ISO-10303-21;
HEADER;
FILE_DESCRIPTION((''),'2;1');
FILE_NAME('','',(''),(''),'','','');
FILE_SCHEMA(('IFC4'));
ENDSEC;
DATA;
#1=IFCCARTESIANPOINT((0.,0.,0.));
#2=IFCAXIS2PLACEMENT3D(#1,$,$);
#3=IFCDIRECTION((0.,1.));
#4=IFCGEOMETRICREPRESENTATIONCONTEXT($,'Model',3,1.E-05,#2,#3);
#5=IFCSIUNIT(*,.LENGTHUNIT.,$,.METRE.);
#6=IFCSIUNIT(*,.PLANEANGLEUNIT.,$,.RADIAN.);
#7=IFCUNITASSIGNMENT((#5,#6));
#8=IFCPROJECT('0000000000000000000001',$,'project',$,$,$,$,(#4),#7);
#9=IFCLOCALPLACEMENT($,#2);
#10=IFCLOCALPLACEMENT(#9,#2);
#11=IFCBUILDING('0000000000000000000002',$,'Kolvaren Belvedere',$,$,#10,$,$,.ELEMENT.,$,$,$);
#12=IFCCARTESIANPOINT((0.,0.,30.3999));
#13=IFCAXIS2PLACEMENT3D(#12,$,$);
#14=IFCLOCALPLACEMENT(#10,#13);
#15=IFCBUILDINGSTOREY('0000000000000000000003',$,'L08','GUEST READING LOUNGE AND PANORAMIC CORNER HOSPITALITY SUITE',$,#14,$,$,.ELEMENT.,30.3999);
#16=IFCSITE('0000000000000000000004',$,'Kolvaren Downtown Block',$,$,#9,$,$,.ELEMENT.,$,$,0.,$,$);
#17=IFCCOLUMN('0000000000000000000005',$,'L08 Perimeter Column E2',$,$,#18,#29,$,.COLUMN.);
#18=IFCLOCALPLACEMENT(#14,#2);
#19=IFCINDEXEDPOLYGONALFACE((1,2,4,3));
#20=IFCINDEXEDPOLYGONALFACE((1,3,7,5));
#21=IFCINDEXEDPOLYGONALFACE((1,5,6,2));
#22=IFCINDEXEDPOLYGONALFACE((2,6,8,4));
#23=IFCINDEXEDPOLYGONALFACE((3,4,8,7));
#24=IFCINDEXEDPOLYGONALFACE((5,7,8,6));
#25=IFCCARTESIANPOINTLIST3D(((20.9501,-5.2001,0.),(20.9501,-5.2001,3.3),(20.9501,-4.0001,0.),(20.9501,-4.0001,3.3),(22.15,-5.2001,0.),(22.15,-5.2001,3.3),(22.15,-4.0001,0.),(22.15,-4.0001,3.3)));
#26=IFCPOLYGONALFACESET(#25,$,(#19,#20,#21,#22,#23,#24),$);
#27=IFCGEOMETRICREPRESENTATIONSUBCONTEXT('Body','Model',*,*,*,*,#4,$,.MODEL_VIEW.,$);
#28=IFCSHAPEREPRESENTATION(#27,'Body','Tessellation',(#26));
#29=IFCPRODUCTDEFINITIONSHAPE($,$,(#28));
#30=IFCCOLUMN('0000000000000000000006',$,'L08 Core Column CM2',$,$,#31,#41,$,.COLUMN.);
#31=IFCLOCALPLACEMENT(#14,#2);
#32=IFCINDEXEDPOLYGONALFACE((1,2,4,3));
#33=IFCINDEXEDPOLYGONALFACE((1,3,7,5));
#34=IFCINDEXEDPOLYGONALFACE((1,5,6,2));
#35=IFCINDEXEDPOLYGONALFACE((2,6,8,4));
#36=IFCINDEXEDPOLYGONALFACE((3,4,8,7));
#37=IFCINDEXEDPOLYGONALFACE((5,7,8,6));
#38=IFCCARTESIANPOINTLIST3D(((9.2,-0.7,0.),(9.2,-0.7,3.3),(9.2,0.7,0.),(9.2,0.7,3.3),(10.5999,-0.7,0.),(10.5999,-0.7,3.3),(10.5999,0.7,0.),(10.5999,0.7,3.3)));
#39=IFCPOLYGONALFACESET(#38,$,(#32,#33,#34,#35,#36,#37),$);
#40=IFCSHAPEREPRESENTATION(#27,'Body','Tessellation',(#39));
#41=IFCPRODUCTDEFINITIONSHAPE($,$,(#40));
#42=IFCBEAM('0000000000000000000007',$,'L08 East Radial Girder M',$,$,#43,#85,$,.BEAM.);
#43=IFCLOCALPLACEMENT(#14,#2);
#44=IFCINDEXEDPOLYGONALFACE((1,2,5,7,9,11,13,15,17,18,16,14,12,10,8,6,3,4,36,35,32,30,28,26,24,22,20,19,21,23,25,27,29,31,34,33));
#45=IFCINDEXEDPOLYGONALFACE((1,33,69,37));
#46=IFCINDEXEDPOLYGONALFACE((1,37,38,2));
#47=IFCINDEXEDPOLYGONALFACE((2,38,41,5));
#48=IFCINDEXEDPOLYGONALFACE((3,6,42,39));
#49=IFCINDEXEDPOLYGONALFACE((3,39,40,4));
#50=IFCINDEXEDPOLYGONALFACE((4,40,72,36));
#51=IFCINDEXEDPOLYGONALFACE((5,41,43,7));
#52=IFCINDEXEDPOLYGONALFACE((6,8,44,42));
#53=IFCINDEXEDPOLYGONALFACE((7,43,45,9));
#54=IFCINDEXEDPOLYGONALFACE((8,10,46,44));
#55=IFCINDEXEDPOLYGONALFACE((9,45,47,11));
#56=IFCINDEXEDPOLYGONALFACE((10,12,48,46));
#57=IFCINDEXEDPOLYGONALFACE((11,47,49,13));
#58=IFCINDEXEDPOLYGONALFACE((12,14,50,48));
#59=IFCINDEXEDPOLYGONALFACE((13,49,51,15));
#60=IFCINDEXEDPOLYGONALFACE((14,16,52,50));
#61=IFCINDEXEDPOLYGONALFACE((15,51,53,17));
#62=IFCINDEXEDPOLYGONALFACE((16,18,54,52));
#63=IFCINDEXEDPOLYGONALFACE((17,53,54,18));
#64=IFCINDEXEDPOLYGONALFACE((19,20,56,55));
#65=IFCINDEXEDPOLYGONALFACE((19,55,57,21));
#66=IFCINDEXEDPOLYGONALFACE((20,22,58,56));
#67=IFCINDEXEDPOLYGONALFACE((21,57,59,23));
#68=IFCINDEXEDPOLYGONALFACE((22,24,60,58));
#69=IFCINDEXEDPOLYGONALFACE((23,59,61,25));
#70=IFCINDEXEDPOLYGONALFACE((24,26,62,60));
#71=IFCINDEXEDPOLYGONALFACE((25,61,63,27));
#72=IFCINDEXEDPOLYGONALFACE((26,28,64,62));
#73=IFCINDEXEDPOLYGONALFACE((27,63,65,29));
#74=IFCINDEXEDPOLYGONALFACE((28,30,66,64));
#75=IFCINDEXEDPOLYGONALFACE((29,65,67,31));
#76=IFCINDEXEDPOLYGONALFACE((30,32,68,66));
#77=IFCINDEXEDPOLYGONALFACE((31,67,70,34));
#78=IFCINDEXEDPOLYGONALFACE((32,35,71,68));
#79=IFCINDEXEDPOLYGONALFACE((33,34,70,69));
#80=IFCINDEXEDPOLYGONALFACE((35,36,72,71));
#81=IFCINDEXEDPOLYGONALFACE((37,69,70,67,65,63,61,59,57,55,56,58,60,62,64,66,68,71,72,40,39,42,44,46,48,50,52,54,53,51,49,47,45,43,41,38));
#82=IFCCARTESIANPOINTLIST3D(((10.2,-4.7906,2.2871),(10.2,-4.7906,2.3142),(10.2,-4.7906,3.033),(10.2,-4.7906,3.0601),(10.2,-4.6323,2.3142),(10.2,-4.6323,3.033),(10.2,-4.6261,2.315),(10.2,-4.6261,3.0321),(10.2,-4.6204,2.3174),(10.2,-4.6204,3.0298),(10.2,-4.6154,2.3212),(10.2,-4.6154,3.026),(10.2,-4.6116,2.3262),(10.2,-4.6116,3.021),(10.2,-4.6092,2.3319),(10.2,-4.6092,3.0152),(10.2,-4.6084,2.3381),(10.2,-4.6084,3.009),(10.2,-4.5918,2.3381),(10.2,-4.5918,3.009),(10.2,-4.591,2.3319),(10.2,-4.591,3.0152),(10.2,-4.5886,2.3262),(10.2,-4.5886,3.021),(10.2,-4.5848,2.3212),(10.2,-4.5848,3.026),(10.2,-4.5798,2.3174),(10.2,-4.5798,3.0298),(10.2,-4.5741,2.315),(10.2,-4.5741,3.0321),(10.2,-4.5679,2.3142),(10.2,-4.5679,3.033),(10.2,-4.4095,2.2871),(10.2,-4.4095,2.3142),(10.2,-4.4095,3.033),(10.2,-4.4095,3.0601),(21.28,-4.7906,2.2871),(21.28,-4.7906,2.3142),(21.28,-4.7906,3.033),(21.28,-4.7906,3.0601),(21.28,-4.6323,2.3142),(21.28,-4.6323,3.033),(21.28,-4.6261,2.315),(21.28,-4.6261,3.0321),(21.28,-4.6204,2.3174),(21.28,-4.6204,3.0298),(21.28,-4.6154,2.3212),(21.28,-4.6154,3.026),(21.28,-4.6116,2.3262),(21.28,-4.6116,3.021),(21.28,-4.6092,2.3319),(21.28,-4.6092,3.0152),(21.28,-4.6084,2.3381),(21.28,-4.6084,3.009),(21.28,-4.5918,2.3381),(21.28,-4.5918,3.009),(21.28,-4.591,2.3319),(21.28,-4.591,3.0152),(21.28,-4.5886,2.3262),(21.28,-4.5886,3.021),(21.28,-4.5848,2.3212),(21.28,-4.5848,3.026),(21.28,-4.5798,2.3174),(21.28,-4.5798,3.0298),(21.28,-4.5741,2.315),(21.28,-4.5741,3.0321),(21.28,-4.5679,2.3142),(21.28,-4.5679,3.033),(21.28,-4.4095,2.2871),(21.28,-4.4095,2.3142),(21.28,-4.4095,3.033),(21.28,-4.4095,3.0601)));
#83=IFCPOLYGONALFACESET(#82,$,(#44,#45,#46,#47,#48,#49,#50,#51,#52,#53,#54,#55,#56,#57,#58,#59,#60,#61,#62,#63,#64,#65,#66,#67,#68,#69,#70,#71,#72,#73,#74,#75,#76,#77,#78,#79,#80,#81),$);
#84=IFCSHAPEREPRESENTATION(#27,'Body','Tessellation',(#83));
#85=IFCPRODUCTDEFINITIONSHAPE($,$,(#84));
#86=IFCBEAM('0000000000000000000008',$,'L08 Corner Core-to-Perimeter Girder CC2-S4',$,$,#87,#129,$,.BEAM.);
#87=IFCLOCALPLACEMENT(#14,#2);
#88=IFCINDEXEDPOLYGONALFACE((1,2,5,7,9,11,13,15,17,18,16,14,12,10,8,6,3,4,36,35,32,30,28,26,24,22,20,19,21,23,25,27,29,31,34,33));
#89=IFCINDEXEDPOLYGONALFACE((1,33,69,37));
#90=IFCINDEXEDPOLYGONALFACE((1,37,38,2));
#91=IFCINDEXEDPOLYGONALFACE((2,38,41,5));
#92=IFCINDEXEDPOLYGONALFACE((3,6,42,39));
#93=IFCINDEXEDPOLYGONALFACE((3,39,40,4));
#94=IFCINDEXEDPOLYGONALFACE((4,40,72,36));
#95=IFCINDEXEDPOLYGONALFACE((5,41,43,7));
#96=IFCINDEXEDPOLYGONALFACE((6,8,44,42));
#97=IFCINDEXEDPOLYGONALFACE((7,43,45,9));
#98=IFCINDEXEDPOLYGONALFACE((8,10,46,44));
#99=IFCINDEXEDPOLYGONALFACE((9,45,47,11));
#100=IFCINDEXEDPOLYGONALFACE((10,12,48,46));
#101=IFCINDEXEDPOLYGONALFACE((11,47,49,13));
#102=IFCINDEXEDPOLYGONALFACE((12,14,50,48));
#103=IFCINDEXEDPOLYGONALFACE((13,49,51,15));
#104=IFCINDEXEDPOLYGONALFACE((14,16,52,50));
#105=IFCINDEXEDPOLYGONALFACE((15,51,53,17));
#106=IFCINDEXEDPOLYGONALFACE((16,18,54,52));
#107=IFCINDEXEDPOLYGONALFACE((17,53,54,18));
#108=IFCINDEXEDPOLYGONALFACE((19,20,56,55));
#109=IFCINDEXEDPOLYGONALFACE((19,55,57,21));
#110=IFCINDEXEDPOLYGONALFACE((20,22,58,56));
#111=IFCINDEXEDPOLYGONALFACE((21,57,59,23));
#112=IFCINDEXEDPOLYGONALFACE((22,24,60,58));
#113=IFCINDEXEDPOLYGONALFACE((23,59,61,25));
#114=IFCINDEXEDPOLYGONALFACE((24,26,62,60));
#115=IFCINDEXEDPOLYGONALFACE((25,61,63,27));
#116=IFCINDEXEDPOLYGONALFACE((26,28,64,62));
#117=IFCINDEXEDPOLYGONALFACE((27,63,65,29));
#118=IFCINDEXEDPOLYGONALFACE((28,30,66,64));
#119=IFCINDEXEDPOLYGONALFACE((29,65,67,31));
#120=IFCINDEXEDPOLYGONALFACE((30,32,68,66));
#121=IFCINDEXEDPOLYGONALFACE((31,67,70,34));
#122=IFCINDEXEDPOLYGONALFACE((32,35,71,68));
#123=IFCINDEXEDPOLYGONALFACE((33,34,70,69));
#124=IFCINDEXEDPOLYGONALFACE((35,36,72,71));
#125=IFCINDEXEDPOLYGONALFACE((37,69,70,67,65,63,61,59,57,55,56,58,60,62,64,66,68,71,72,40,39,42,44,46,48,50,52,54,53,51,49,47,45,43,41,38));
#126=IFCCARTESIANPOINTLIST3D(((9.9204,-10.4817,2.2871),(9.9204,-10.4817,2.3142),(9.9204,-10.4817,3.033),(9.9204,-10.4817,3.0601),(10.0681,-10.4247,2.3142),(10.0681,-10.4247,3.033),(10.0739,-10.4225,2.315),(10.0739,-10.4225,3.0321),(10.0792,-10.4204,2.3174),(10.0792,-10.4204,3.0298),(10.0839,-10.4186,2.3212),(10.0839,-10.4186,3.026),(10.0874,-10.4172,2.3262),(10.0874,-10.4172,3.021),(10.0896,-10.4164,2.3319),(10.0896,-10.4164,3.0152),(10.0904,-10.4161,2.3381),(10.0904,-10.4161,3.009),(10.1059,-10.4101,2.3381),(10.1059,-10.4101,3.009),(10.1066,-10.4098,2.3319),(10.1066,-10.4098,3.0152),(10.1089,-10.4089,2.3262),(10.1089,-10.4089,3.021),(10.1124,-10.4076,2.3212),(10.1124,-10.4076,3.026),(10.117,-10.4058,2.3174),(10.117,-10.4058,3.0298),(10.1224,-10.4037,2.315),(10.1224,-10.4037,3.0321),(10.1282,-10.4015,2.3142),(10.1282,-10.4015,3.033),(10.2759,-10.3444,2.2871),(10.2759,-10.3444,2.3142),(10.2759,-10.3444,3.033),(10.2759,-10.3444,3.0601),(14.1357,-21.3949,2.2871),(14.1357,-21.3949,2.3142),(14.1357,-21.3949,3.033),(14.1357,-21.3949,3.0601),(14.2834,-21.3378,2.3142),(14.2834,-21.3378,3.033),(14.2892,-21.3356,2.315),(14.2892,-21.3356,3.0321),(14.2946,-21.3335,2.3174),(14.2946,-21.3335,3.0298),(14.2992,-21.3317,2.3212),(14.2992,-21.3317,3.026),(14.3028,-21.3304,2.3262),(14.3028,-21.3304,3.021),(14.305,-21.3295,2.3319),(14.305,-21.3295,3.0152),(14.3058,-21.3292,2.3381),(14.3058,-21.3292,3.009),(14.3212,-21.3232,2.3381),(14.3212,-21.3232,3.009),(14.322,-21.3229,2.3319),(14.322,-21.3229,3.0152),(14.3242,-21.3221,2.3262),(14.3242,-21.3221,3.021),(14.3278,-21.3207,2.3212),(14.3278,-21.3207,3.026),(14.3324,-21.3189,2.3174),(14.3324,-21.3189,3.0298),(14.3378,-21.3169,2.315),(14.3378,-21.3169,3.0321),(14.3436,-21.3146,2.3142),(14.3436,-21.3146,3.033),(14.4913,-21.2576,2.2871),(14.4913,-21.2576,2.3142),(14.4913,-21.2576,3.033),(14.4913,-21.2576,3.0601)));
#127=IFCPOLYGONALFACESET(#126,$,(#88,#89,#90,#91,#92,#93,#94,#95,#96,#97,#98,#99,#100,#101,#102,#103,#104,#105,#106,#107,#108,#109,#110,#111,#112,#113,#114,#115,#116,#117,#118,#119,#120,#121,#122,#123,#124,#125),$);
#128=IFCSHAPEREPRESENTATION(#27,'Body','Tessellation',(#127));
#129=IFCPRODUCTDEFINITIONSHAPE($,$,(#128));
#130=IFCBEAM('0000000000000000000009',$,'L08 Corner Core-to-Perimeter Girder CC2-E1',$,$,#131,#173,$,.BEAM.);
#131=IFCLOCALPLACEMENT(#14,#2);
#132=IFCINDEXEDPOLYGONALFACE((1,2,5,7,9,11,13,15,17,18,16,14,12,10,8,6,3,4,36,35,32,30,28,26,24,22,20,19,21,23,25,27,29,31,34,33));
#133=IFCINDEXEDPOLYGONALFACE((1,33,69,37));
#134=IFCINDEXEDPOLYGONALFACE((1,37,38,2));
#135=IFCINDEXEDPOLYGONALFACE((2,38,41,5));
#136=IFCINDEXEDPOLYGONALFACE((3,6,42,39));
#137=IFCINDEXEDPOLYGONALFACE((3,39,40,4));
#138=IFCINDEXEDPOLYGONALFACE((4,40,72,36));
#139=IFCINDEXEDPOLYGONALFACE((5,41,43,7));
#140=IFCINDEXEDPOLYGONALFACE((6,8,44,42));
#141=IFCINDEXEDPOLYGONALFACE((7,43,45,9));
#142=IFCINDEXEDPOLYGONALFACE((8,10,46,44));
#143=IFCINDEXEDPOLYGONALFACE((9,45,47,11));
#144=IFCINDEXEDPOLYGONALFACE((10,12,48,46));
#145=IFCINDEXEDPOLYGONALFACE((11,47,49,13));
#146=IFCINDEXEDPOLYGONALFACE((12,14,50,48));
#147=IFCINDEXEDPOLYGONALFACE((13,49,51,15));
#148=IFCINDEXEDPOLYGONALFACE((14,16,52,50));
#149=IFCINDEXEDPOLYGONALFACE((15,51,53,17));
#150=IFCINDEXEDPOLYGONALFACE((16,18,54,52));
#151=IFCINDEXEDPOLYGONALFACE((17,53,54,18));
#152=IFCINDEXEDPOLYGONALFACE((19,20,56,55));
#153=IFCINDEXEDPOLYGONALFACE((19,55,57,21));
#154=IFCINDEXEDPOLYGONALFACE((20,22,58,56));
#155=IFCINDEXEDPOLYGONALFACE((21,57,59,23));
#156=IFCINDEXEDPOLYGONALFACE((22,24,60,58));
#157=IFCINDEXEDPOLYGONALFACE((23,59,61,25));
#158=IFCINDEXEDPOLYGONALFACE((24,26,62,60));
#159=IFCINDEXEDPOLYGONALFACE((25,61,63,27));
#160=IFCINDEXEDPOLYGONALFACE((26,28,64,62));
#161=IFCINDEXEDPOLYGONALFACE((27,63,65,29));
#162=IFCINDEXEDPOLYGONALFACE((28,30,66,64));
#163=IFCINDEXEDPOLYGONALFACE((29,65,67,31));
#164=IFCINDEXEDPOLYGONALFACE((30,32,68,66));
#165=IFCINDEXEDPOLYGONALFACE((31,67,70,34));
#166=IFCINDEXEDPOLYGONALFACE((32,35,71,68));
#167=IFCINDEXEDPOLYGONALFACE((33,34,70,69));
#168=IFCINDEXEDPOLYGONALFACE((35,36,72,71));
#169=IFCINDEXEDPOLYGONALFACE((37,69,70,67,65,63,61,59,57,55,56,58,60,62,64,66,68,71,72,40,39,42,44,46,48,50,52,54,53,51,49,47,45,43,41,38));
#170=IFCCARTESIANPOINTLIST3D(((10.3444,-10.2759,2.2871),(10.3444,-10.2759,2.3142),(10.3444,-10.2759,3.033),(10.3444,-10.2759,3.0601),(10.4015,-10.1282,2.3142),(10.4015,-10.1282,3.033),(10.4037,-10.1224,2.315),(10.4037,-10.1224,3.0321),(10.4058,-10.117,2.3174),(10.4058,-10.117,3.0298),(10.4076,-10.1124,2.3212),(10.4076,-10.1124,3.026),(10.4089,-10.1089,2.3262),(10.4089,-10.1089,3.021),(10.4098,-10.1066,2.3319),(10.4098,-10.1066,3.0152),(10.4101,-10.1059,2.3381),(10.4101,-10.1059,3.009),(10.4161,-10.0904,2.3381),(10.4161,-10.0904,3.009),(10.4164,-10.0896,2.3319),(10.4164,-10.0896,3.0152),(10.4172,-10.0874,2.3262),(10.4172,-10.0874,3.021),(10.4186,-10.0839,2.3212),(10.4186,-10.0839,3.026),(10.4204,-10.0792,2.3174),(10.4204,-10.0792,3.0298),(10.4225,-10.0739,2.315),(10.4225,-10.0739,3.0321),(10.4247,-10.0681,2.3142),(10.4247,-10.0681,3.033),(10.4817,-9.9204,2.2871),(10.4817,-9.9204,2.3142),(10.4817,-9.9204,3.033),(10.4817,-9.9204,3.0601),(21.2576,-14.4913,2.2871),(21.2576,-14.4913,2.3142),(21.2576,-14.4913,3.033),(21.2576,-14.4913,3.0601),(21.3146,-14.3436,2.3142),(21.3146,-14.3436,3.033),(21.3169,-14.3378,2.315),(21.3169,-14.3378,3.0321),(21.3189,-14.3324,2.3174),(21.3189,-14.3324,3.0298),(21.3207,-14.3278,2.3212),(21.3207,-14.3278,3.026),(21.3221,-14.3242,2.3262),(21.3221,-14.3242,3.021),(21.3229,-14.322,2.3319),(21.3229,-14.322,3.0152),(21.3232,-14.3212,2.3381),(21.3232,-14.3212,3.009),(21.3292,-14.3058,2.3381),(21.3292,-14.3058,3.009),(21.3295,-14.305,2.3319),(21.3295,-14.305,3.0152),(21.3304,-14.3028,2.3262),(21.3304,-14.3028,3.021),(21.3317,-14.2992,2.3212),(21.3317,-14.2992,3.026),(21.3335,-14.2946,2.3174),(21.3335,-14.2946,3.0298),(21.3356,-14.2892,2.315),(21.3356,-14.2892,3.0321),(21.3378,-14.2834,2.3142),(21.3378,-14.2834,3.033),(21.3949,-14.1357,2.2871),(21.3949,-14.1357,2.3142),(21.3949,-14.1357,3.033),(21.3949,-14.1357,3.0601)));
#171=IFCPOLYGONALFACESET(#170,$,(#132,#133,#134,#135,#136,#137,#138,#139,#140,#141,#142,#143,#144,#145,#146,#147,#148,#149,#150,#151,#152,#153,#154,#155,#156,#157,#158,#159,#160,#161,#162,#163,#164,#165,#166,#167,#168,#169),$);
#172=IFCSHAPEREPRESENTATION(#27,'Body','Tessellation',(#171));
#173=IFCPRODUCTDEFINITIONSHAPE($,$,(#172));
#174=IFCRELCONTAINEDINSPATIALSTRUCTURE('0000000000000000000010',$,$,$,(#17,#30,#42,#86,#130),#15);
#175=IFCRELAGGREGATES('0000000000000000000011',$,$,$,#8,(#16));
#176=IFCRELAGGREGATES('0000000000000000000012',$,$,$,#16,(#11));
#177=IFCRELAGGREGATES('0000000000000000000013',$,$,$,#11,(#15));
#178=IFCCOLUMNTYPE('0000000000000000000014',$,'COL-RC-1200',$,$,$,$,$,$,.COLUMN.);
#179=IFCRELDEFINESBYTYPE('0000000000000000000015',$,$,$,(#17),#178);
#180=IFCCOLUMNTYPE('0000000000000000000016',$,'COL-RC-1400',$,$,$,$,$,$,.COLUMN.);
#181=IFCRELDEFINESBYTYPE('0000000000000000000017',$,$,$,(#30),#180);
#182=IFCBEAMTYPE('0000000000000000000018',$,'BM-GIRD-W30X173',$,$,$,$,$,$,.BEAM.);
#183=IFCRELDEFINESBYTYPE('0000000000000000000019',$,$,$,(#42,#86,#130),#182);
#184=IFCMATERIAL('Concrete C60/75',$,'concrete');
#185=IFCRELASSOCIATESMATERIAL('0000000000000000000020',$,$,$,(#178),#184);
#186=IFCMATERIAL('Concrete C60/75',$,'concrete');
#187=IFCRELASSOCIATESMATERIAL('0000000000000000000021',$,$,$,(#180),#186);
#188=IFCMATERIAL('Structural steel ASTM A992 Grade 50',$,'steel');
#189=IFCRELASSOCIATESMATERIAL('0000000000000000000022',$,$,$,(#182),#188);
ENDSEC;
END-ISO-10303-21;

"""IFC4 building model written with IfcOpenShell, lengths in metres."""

from ifc_helpers import new_model, si_unit, direction, frame, origin, origin_2d, place, context, subcontext, project, spatial, rectangle, i_section, extrude, material, material_profile, profile_set, type_object, element, save


model = new_model("IFC4")

# Units and contexts
model_context = context("Model", 3, precision=1e-05, world=origin(), true_north=direction((0.0, 1.0)))
body_context = subcontext(model_context, "Body", "Model", "MODEL_VIEW")
ifc_project = project(units=[si_unit("LENGTHUNIT", "METRE"), si_unit("PLANEANGLEUNIT", "RADIAN")], contexts=[model_context])

# Site, building, storey
site_placement = place(None, origin())
site = spatial("IfcSite", under=ifc_project, at=site_placement, Name="Kolvaren Downtown Block", CompositionType="ELEMENT", RefElevation=0.0)
building_placement = place(site_placement, origin())
building = spatial("IfcBuilding", under=site, at=building_placement, Name="Kolvaren Belvedere", CompositionType="ELEMENT")
storey_placement = place(building_placement, frame((0.0, 0.0, 30.3999)))
storey = spatial("IfcBuildingStorey", under=building, at=storey_placement, Name="L08", Description="GUEST READING LOUNGE AND PANORAMIC CORNER HOSPITALITY SUITE", CompositionType="ELEMENT", Elevation=30.3999)

# Columns
ifc_material_1 = material(Name="Concrete C60/75", Category="concrete")
ifc_material_profile_1 = material_profile(ifc_material_1, rectangle(XDim=1.2, YDim=1.2, at=origin_2d()), Name="RC 1200X1200")
ifc_profile_set_1 = profile_set([ifc_material_profile_1], Name="Concrete C60/75")
column_type_1 = type_object("IfcColumnType", Name="COL-RC-1200", PredefinedType="COLUMN", material=ifc_profile_set_1)
column_1_placement = place(storey_placement, frame((21.55, -4.6001, 0.0), z_axis=(0.0, 0.0, 1.0), x_axis=(1.0, 0.0, 0.0)))
element("IfcColumn", 1, at=column_1_placement, inside=storey, type_object=column_type_1, Name="L08 Perimeter Column E2", PredefinedType="COLUMN", context=body_context, shape_type="SweptSolid", body=[
    extrude(rectangle(XDim=1.2, YDim=1.2, at=origin_2d()), origin(), (0.0, 0.0, 1.0), 3.3),
])
ifc_material_2 = material(Name="Concrete C60/75", Category="concrete")
ifc_material_profile_2 = material_profile(ifc_material_2, rectangle(XDim=1.3999, YDim=1.3999, at=origin_2d()), Name="RC 1400X1400")
ifc_profile_set_2 = profile_set([ifc_material_profile_2], Name="Concrete C60/75")
column_type_2 = type_object("IfcColumnType", Name="COL-RC-1400", PredefinedType="COLUMN", material=ifc_profile_set_2)
column_2_placement = place(storey_placement, frame((9.8999, 0.0, 0.0), z_axis=(0.0, 0.0, 1.0), x_axis=(1.0, 0.0, 0.0)))
element("IfcColumn", 2, at=column_2_placement, inside=storey, type_object=column_type_2, Name="L08 Core Column CM2", PredefinedType="COLUMN", context=body_context, shape_type="SweptSolid", body=[
    extrude(rectangle(XDim=1.3999, YDim=1.3999, at=origin_2d()), origin(), (0.0, 0.0, 1.0), 3.3),
])

# Beams
ifc_material_3 = material(Name="Structural steel ASTM A992 Grade 50", Category="steel")
ifc_material_profile_3 = material_profile(ifc_material_3, i_section(OverallWidth=0.3811, OverallDepth=0.7729, WebThickness=0.0166, FlangeThickness=0.0271, FilletRadius=0.0239, at=origin_2d()), Name="W30X173")
ifc_profile_set_3 = profile_set([ifc_material_profile_3], Name="Structural steel ASTM A992 Grade 50")
beam_type_1 = type_object("IfcBeamType", Name="BM-GIRD-W30X173", PredefinedType="BEAM", material=ifc_profile_set_3)
beam_1_placement = place(storey_placement, frame((10.2, -4.6001, 2.6736), z_axis=(1.0, 0.0, 0.0), x_axis=(0.0, 1.0, 0.0)))
element("IfcBeam", 3, at=beam_1_placement, inside=storey, type_object=beam_type_1, Name="L08 East Radial Girder M", PredefinedType="BEAM", context=body_context, shape_type="SweptSolid", body=[
    extrude(i_section(OverallWidth=0.3811, OverallDepth=0.7729, WebThickness=0.0166, FlangeThickness=0.0271, FilletRadius=0.0239, at=origin_2d()), origin(), (0.0, 0.0, 1.0), 11.0801),
])
for number, where, z_axis, x_axis, name in (
    (4, (10.0981, -10.4131, 2.6736), (0.360318, -0.932829, 0.0), (0.932829, 0.360318, 0.0), "L08 Corner Core-to-Perimeter Girder CC2-S4"),
    (5, (10.4131, -10.0981, 2.6736), (0.932829, -0.360318, 0.0), (0.360318, 0.932829, 0.0), "L08 Corner Core-to-Perimeter Girder CC2-E1"),
):
    element("IfcBeam", number, at=place(storey_placement, frame(where, z_axis=z_axis, x_axis=x_axis)), inside=storey, type_object=beam_type_1, Name=name, PredefinedType="BEAM", context=body_context, shape_type="SweptSolid", body=[
        extrude(i_section(OverallWidth=0.3811, OverallDepth=0.7729, WebThickness=0.0166, FlangeThickness=0.0271, FilletRadius=0.0239, at=origin_2d()), origin(), (0.0, 0.0, 1.0), 11.699),
    ])

save(model, "model.ifc")
